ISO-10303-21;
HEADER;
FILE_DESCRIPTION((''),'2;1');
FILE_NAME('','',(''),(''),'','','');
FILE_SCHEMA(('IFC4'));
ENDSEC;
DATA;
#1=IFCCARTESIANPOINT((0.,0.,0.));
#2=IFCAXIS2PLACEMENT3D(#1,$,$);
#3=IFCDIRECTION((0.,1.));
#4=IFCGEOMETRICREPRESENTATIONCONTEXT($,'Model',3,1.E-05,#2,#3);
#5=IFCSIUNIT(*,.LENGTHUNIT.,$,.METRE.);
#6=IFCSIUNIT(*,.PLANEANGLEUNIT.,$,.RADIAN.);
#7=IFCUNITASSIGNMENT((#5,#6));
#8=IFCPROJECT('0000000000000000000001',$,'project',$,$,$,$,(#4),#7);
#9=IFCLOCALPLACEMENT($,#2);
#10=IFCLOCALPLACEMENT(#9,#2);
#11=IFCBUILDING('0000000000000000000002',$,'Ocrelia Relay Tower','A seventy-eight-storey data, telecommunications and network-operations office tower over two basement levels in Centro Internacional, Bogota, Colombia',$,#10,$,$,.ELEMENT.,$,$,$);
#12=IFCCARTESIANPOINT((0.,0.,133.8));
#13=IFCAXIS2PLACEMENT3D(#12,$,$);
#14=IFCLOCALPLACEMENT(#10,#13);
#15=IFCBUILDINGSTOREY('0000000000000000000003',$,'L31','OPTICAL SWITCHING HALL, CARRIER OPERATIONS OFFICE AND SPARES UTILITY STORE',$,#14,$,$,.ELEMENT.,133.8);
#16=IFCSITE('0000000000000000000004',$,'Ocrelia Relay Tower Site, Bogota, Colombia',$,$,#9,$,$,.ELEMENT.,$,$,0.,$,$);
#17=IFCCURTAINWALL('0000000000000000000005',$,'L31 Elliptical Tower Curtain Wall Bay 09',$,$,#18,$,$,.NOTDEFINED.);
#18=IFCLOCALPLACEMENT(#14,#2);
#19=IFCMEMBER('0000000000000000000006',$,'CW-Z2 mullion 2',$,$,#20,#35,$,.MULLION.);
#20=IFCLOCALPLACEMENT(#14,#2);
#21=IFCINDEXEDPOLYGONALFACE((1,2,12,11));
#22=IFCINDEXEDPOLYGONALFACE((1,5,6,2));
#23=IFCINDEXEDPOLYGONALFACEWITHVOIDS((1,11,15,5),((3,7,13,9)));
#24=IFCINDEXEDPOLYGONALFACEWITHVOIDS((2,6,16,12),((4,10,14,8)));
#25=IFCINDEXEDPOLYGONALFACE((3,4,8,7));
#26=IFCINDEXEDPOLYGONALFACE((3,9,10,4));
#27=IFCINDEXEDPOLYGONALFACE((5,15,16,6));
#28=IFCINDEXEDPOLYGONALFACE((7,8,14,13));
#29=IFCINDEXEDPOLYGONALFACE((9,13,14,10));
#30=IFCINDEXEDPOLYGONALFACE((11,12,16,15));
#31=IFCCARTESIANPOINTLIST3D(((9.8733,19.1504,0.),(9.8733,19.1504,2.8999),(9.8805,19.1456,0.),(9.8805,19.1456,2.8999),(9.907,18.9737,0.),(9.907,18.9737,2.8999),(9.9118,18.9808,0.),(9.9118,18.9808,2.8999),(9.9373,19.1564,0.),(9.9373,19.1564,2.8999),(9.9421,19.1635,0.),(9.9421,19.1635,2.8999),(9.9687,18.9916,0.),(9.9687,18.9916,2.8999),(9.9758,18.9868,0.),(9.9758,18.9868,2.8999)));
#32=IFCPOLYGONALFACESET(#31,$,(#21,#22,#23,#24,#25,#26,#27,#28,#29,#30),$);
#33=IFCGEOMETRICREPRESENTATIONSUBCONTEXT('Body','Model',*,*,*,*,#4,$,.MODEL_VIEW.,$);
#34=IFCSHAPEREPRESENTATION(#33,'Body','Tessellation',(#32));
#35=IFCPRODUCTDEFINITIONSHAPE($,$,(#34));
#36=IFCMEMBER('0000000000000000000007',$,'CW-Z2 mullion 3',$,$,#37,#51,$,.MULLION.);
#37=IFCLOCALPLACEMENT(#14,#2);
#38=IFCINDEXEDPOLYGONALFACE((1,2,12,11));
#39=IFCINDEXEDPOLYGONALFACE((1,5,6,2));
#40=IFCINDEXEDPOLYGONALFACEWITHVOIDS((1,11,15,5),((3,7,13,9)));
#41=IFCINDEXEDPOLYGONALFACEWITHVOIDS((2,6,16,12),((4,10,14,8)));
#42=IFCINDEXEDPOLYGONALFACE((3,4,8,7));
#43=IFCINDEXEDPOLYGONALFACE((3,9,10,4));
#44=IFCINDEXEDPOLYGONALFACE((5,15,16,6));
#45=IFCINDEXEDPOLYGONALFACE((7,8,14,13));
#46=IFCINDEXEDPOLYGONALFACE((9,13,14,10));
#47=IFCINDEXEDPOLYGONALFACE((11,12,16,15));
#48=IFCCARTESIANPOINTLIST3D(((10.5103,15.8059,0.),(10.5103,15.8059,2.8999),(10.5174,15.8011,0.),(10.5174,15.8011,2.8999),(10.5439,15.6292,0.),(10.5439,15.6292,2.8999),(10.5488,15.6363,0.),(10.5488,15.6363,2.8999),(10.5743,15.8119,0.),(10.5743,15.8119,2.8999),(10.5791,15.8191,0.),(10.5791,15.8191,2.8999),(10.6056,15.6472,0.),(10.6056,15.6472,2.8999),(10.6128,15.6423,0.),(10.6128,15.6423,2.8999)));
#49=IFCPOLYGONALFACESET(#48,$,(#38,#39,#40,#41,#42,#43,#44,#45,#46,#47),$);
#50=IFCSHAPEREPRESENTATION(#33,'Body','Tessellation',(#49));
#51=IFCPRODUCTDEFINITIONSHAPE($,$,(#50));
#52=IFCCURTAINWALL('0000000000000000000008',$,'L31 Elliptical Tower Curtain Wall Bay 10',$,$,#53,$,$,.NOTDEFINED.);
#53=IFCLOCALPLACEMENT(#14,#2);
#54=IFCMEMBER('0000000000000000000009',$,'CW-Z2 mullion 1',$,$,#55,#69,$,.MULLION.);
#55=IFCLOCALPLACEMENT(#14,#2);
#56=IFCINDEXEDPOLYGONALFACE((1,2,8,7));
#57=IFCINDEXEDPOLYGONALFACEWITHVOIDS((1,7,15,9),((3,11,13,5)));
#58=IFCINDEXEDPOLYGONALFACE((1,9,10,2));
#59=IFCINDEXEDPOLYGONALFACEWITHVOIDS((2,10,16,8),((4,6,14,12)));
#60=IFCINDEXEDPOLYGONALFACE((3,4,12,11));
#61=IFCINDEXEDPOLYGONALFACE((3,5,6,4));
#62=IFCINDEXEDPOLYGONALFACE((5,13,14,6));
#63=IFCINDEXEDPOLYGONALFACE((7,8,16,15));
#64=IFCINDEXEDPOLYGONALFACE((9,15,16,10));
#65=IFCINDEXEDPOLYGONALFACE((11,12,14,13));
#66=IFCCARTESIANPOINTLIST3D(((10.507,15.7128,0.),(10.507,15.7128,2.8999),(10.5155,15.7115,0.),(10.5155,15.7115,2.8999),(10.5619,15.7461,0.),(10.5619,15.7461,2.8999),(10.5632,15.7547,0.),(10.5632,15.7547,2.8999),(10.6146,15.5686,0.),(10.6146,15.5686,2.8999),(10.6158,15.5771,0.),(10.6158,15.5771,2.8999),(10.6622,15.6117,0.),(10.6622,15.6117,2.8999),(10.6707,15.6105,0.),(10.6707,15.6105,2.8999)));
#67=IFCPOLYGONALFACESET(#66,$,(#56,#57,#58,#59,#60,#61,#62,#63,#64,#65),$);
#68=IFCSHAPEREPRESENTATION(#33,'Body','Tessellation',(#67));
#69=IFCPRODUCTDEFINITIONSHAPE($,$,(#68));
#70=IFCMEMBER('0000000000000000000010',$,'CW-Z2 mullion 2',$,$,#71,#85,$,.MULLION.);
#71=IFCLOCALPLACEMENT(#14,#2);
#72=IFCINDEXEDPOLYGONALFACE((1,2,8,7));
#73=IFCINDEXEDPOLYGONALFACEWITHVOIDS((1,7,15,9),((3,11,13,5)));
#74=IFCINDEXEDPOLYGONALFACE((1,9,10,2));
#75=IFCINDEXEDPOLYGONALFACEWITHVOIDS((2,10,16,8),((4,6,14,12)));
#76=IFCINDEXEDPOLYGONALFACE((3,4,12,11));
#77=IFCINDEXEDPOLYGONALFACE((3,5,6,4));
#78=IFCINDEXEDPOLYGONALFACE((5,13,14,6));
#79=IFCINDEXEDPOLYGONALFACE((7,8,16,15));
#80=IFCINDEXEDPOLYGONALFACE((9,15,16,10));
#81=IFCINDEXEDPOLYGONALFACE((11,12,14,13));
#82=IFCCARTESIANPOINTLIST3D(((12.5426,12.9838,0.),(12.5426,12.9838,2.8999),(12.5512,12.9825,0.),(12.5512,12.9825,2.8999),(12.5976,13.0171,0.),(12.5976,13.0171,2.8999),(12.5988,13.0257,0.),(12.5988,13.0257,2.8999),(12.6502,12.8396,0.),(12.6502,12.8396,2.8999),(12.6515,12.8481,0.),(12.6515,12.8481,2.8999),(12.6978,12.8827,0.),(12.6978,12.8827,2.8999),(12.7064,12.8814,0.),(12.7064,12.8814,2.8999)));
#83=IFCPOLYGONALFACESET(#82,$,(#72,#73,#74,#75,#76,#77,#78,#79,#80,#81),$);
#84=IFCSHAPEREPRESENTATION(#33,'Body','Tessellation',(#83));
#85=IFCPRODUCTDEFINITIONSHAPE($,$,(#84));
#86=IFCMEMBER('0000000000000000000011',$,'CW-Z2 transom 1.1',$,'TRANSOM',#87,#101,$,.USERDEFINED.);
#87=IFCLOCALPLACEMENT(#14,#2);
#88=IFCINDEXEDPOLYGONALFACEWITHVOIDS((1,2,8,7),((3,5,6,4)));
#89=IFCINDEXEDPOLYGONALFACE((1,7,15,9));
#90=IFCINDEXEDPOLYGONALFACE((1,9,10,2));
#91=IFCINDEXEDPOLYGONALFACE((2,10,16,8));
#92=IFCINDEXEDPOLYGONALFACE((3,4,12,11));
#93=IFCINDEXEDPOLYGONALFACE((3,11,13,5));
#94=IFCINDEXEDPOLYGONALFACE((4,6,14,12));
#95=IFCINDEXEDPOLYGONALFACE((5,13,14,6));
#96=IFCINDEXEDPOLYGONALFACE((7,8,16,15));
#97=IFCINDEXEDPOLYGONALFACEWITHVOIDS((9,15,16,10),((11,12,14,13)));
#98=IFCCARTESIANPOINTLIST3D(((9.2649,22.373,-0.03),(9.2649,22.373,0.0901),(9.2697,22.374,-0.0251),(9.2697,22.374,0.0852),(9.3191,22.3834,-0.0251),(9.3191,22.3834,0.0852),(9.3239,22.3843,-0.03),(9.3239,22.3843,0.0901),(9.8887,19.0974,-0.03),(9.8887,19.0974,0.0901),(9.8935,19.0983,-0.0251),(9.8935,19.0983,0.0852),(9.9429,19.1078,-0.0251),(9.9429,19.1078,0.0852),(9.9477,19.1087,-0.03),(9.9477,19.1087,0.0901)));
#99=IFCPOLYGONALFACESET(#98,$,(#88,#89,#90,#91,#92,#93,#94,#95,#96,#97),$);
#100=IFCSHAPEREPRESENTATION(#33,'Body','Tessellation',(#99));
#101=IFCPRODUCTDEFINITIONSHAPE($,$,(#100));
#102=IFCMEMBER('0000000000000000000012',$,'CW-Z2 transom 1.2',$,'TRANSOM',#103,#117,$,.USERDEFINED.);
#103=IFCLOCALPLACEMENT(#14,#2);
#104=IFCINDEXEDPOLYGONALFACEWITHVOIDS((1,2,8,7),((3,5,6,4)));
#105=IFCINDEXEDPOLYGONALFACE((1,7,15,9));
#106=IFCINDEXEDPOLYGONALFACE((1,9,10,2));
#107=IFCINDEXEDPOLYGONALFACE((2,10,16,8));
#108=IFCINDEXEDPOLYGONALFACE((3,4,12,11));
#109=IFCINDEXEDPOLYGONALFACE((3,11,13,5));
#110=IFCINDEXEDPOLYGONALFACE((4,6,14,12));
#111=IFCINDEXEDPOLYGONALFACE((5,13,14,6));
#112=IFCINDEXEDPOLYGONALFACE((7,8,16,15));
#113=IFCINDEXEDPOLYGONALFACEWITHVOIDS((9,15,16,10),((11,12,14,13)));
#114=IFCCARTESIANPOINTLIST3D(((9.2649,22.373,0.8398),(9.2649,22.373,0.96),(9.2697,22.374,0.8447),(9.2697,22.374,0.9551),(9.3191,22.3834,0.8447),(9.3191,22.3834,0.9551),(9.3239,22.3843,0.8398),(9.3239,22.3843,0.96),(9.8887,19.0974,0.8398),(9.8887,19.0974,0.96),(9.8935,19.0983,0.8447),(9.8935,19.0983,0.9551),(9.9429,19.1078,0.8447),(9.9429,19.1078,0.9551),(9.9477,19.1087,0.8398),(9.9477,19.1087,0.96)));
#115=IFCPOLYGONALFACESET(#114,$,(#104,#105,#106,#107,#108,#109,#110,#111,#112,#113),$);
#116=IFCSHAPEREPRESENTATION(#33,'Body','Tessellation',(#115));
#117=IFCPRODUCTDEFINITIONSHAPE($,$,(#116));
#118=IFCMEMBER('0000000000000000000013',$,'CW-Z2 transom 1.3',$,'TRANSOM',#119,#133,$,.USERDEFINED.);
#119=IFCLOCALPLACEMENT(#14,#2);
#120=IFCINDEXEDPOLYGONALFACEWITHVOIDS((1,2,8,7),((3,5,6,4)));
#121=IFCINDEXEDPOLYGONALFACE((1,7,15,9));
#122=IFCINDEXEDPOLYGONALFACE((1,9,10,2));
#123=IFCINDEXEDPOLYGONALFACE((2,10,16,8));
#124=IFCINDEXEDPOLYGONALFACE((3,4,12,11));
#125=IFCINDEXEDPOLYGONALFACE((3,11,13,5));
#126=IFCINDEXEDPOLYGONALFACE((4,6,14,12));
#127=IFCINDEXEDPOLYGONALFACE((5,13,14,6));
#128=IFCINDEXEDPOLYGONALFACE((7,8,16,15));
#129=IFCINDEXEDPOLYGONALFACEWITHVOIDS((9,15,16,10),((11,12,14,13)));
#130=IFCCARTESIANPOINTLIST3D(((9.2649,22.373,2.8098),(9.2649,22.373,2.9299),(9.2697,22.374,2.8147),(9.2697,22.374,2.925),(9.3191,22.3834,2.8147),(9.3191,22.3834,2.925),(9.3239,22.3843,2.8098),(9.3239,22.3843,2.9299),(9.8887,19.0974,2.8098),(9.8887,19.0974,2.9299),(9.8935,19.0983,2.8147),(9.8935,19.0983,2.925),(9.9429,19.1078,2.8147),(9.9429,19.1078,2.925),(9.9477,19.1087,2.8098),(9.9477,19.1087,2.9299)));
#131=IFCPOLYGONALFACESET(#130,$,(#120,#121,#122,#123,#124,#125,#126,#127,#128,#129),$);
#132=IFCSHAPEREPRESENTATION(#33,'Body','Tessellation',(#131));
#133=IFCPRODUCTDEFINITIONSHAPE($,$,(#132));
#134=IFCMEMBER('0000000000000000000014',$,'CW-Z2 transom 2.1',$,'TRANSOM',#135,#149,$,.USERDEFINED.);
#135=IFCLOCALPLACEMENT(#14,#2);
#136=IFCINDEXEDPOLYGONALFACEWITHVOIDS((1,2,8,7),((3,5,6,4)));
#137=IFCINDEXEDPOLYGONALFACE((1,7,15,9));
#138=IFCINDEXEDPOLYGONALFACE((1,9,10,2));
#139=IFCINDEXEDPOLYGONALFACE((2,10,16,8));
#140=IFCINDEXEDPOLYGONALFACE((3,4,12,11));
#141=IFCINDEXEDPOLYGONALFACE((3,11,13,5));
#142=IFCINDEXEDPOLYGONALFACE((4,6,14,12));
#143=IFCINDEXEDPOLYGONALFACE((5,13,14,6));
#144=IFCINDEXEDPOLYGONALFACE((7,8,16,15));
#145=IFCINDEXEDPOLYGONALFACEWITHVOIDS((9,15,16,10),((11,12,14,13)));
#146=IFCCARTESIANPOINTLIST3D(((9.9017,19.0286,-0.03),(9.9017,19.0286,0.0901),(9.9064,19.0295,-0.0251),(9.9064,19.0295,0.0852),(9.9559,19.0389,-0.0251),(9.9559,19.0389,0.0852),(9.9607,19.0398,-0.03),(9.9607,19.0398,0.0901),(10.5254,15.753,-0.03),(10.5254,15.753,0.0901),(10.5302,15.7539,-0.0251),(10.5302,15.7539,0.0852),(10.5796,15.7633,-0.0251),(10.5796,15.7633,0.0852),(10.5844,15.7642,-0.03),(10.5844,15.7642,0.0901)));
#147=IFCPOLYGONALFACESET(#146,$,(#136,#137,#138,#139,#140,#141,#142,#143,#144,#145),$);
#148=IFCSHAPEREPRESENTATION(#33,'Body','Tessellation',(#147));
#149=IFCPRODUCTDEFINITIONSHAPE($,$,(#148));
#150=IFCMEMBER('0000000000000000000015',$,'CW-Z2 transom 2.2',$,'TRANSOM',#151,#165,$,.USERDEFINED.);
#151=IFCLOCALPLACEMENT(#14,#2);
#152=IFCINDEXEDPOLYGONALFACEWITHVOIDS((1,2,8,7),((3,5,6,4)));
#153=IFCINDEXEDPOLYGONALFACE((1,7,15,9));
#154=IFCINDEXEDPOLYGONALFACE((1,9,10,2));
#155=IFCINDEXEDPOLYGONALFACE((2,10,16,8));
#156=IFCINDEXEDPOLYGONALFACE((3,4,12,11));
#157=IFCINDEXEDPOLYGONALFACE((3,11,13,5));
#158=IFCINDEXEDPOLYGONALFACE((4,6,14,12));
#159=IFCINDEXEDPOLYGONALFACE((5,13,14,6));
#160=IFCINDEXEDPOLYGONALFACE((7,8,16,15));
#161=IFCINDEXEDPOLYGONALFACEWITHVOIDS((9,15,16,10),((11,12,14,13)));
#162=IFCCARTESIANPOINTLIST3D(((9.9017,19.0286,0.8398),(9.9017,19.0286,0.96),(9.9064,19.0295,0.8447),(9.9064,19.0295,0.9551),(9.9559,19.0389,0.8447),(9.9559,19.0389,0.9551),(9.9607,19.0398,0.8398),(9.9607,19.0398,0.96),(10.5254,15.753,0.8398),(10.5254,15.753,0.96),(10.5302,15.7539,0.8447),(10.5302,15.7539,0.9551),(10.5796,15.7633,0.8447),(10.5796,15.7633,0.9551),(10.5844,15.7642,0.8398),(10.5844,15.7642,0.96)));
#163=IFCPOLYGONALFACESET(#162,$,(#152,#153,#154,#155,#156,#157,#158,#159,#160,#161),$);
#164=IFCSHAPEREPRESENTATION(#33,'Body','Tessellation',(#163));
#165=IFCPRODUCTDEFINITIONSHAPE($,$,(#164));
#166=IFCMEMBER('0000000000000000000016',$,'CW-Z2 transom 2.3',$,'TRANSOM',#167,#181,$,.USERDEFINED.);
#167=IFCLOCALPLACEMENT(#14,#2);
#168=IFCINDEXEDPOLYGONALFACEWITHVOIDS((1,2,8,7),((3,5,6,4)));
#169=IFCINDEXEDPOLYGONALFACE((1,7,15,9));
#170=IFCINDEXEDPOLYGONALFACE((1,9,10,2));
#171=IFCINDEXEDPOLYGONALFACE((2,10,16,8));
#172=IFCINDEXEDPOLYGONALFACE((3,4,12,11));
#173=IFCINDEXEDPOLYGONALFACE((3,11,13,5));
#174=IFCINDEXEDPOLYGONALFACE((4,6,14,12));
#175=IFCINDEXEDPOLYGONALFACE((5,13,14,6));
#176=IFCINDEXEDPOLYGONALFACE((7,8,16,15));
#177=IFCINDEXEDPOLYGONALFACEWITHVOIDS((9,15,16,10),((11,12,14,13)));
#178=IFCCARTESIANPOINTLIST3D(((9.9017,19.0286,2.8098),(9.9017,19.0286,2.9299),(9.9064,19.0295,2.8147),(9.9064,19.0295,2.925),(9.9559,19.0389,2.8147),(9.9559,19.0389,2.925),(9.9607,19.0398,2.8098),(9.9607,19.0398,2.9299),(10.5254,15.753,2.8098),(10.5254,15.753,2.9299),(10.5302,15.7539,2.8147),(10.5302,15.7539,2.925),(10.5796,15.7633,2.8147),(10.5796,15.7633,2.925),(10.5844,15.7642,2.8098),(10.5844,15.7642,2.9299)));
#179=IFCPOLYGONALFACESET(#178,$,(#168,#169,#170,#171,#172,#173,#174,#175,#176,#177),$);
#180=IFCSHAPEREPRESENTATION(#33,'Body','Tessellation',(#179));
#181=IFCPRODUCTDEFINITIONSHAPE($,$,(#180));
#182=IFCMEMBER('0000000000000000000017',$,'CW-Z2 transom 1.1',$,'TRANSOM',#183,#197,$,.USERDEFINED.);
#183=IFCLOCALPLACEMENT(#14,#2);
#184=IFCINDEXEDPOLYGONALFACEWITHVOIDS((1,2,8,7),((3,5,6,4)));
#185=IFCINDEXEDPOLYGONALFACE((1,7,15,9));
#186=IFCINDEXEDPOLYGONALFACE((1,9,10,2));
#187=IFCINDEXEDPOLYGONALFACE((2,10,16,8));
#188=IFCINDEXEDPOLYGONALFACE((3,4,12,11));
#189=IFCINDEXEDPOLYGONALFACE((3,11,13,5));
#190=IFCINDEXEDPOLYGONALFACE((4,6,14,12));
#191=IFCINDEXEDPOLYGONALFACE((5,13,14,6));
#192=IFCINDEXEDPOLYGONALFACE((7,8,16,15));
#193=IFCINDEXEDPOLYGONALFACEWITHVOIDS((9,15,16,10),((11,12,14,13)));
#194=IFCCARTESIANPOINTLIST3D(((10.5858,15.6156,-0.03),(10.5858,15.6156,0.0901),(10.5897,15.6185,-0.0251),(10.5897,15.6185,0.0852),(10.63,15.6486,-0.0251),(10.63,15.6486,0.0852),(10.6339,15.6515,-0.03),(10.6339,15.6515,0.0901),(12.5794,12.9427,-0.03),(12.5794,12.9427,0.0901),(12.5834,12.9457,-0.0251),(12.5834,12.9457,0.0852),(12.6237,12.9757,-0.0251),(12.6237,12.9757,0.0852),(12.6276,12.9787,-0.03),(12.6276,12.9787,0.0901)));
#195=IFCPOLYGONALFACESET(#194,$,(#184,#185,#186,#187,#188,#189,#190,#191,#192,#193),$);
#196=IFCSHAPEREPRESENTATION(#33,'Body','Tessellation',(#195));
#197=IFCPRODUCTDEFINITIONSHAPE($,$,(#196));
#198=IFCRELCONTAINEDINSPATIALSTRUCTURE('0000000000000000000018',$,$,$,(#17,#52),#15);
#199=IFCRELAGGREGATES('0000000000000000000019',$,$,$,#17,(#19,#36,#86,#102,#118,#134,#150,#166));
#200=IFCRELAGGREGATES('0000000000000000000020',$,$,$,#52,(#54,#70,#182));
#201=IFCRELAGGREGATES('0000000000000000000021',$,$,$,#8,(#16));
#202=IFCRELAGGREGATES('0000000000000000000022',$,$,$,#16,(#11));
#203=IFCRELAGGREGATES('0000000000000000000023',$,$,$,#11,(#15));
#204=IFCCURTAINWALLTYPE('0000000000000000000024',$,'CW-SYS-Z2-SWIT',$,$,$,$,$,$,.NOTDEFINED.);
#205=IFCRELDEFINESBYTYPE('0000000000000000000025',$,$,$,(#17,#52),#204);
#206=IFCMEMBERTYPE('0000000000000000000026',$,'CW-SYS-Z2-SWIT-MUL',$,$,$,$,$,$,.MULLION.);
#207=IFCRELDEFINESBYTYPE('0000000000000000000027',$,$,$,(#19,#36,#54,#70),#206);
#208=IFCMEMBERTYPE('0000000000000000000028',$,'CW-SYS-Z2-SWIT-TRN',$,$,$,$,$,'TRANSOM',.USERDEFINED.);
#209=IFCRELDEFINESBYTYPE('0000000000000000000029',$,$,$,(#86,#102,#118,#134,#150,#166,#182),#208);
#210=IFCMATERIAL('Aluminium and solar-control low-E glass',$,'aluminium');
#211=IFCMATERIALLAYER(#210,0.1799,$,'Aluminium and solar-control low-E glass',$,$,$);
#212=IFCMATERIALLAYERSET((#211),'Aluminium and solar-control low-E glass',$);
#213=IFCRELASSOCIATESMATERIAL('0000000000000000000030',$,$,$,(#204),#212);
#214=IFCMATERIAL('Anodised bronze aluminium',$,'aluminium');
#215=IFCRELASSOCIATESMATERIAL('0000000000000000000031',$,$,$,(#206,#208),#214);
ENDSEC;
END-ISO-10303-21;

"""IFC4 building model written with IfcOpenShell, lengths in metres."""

from ifc_helpers import new_model, si_unit, direction, frame, origin, origin_2d, place, context, subcontext, project, spatial, hollow_rectangle, extrude, material, layer, layer_set, material_profile, profile_set, type_object, element, aggregate, save


model = new_model("IFC4")

# Units and contexts
model_context = context("Model", 3, precision=1e-05, world=origin(), true_north=direction((0.0, 1.0)))
body_context = subcontext(model_context, "Body", "Model", "MODEL_VIEW")
ifc_project = project(units=[si_unit("LENGTHUNIT", "METRE"), si_unit("PLANEANGLEUNIT", "RADIAN")], contexts=[model_context])

# Site, building, storey
site_placement = place(None, origin())
site = spatial("IfcSite", under=ifc_project, at=site_placement, Name="Ocrelia Relay Tower Site, Bogota, Colombia", CompositionType="ELEMENT", RefElevation=0.0)
building_placement = place(site_placement, origin())
building = spatial("IfcBuilding", under=site, at=building_placement, Name="Ocrelia Relay Tower", Description="A seventy-eight-storey data, telecommunications and network-operations office tower over two basement levels in Centro Internacional, Bogota, Colombia", CompositionType="ELEMENT")
storey_placement = place(building_placement, frame((0.0, 0.0, 133.8)))
storey = spatial("IfcBuildingStorey", under=building, at=storey_placement, Name="L31", Description="OPTICAL SWITCHING HALL, CARRIER OPERATIONS OFFICE AND SPARES UTILITY STORE", CompositionType="ELEMENT", Elevation=133.8)

# Curtain walls, members
ifc_material_1 = material(Name="Aluminium and solar-control low-E glass", Category="aluminium")
ifc_layer_1 = layer(ifc_material_1, 0.1799, Name="Aluminium and solar-control low-E glass")
ifc_layer_set_1 = layer_set([ifc_layer_1], Name="Aluminium and solar-control low-E glass")
curtain_wall_type = type_object("IfcCurtainWallType", Name="CW-SYS-Z2-SWIT", PredefinedType="NOTDEFINED", material=ifc_layer_set_1)
curtain_wall_1_placement = place(storey_placement, origin())
curtain_wall_1 = element("IfcCurtainWall", 1, at=curtain_wall_1_placement, inside=storey, type_object=curtain_wall_type, Name="L31 Elliptical Tower Curtain Wall Bay 09", PredefinedType="NOTDEFINED")
ifc_material_2 = material(Name="Anodised bronze aluminium", Category="aluminium")
ifc_material_profile_1 = material_profile(ifc_material_2, hollow_rectangle(XDim=0.0701, YDim=0.1799, WallThickness=0.0061, at=origin_2d()), Name="CW-MUL-180x70")
ifc_profile_set_1 = profile_set([ifc_material_profile_1], Name="Anodised bronze aluminium")
member_type_1 = type_object("IfcMemberType", Name="CW-SYS-Z2-SWIT-MUL", PredefinedType="MULLION", material=ifc_profile_set_1)
member_1_placement = place(storey_placement, frame((9.9246, 19.0686, 0.0), z_axis=(0.0, 0.0, 1.0), x_axis=(0.982351, 0.187045, 0.0)))
member_1 = element("IfcMember", 2, at=member_1_placement, type_object=member_type_1, Name="CW-Z2 mullion 2", PredefinedType="MULLION", context=body_context, shape_type="SweptSolid", body=[
    extrude(hollow_rectangle(XDim=0.0701, YDim=0.1799, WallThickness=0.0061, at=origin_2d()), origin(), (0.0, 0.0, 1.0), 2.8999),
])
member_2_placement = place(storey_placement, frame((10.5615, 15.7241, 0.0), z_axis=(0.0, 0.0, 1.0), x_axis=(0.982351, 0.187045, 0.0)))
member_2 = element("IfcMember", 3, at=member_2_placement, type_object=member_type_1, Name="CW-Z2 mullion 3", PredefinedType="MULLION", context=body_context, shape_type="SweptSolid", body=[
    extrude(hollow_rectangle(XDim=0.0701, YDim=0.1799, WallThickness=0.0061, at=origin_2d()), origin(), (0.0, 0.0, 1.0), 2.8999),
])
curtain_wall_2_placement = place(storey_placement, origin())
curtain_wall_2 = element("IfcCurtainWall", 4, at=curtain_wall_2_placement, inside=storey, type_object=curtain_wall_type, Name="L31 Elliptical Tower Curtain Wall Bay 10", PredefinedType="NOTDEFINED")
member_3_placement = place(storey_placement, frame((10.5889, 15.6616, 0.0), z_axis=(0.0, 0.0, 1.0), x_axis=(0.801572, 0.597898, 0.0)))
member_3 = element("IfcMember", 5, at=member_3_placement, type_object=member_type_1, Name="CW-Z2 mullion 1", PredefinedType="MULLION", context=body_context, shape_type="SweptSolid", body=[
    extrude(hollow_rectangle(XDim=0.0701, YDim=0.1799, WallThickness=0.0061, at=origin_2d()), origin(), (0.0, 0.0, 1.0), 2.8999),
])
member_4_placement = place(storey_placement, frame((12.6245, 12.9326, 0.0), z_axis=(0.0, 0.0, 1.0), x_axis=(0.801572, 0.597898, 0.0)))
member_4 = element("IfcMember", 6, at=member_4_placement, type_object=member_type_1, Name="CW-Z2 mullion 2", PredefinedType="MULLION", context=body_context, shape_type="SweptSolid", body=[
    extrude(hollow_rectangle(XDim=0.0701, YDim=0.1799, WallThickness=0.0061, at=origin_2d()), origin(), (0.0, 0.0, 1.0), 2.8999),
])

# Members
ifc_material_profile_2 = material_profile(ifc_material_2, hollow_rectangle(XDim=0.0601, YDim=0.1201, WallThickness=0.0049, at=origin_2d()), Name="CW-TRN-120x60")
ifc_profile_set_2 = profile_set([ifc_material_profile_2], Name="Anodised bronze aluminium")
member_type_2 = type_object("IfcMemberType", Name="CW-SYS-Z2-SWIT-TRN", ElementType="TRANSOM", PredefinedType="USERDEFINED", material=ifc_profile_set_2)
member_5_placement = place(storey_placement, frame((9.2944, 22.3787, 0.03), z_axis=(0.187068, -0.982347, 0.0), x_axis=(0.982347, 0.187068, 0.0)))
member_5 = element("IfcMember", 7, at=member_5_placement, type_object=member_type_2, Name="CW-Z2 transom 1.1", ObjectType="TRANSOM", PredefinedType="USERDEFINED", context=body_context, shape_type="SweptSolid", body=[
    extrude(hollow_rectangle(XDim=0.0601, YDim=0.1201, WallThickness=0.0049, at=origin_2d()), origin(), (0.0, 0.0, 1.0), 3.3345),
])
member_6_placement = place(storey_placement, frame((9.2944, 22.3787, 0.8999), z_axis=(0.187068, -0.982347, 0.0), x_axis=(0.982347, 0.187068, 0.0)))
member_6 = element("IfcMember", 8, at=member_6_placement, type_object=member_type_2, Name="CW-Z2 transom 1.2", ObjectType="TRANSOM", PredefinedType="USERDEFINED", context=body_context, shape_type="SweptSolid", body=[
    extrude(hollow_rectangle(XDim=0.0601, YDim=0.1201, WallThickness=0.0049, at=origin_2d()), origin(), (0.0, 0.0, 1.0), 3.3345),
])
member_7_placement = place(storey_placement, frame((9.2944, 22.3787, 2.8699), z_axis=(0.187068, -0.982347, 0.0), x_axis=(0.982347, 0.187068, 0.0)))
member_7 = element("IfcMember", 9, at=member_7_placement, type_object=member_type_2, Name="CW-Z2 transom 1.3", ObjectType="TRANSOM", PredefinedType="USERDEFINED", context=body_context, shape_type="SweptSolid", body=[
    extrude(hollow_rectangle(XDim=0.0601, YDim=0.1201, WallThickness=0.0049, at=origin_2d()), origin(), (0.0, 0.0, 1.0), 3.3345),
])
member_8_placement = place(storey_placement, frame((9.9312, 19.0342, 0.03), z_axis=(0.187068, -0.982347, 0.0), x_axis=(0.982347, 0.187068, 0.0)))
member_8 = element("IfcMember", 10, at=member_8_placement, type_object=member_type_2, Name="CW-Z2 transom 2.1", ObjectType="TRANSOM", PredefinedType="USERDEFINED", context=body_context, shape_type="SweptSolid", body=[
    extrude(hollow_rectangle(XDim=0.0601, YDim=0.1201, WallThickness=0.0049, at=origin_2d()), origin(), (0.0, 0.0, 1.0), 3.3345),
])
member_9_placement = place(storey_placement, frame((9.9312, 19.0342, 0.8999), z_axis=(0.187068, -0.982347, 0.0), x_axis=(0.982347, 0.187068, 0.0)))
member_9 = element("IfcMember", 11, at=member_9_placement, type_object=member_type_2, Name="CW-Z2 transom 2.2", ObjectType="TRANSOM", PredefinedType="USERDEFINED", context=body_context, shape_type="SweptSolid", body=[
    extrude(hollow_rectangle(XDim=0.0601, YDim=0.1201, WallThickness=0.0049, at=origin_2d()), origin(), (0.0, 0.0, 1.0), 3.3345),
])
member_10_placement = place(storey_placement, frame((9.9312, 19.0342, 2.8699), z_axis=(0.187068, -0.982347, 0.0), x_axis=(0.982347, 0.187068, 0.0)))
member_10 = element("IfcMember", 12, at=member_10_placement, type_object=member_type_2, Name="CW-Z2 transom 2.3", ObjectType="TRANSOM", PredefinedType="USERDEFINED", context=body_context, shape_type="SweptSolid", body=[
    extrude(hollow_rectangle(XDim=0.0601, YDim=0.1201, WallThickness=0.0049, at=origin_2d()), origin(), (0.0, 0.0, 1.0), 3.3345),
])
member_11_placement = place(storey_placement, frame((10.6099, 15.6335, 0.03), z_axis=(0.597889, -0.801579, 0.0), x_axis=(0.801579, 0.597889, 0.0)))
member_11 = element("IfcMember", 13, at=member_11_placement, type_object=member_type_2, Name="CW-Z2 transom 1.1", ObjectType="TRANSOM", PredefinedType="USERDEFINED", context=body_context, shape_type="SweptSolid", body=[
    extrude(hollow_rectangle(XDim=0.0601, YDim=0.1201, WallThickness=0.0049, at=origin_2d()), origin(), (0.0, 0.0, 1.0), 3.3345),
])

aggregate(curtain_wall_1, [member_1, member_2, member_5, member_6, member_7, member_8, member_9, member_10])
aggregate(curtain_wall_2, [member_3, member_4, member_11])

save(model, "model.ifc")
